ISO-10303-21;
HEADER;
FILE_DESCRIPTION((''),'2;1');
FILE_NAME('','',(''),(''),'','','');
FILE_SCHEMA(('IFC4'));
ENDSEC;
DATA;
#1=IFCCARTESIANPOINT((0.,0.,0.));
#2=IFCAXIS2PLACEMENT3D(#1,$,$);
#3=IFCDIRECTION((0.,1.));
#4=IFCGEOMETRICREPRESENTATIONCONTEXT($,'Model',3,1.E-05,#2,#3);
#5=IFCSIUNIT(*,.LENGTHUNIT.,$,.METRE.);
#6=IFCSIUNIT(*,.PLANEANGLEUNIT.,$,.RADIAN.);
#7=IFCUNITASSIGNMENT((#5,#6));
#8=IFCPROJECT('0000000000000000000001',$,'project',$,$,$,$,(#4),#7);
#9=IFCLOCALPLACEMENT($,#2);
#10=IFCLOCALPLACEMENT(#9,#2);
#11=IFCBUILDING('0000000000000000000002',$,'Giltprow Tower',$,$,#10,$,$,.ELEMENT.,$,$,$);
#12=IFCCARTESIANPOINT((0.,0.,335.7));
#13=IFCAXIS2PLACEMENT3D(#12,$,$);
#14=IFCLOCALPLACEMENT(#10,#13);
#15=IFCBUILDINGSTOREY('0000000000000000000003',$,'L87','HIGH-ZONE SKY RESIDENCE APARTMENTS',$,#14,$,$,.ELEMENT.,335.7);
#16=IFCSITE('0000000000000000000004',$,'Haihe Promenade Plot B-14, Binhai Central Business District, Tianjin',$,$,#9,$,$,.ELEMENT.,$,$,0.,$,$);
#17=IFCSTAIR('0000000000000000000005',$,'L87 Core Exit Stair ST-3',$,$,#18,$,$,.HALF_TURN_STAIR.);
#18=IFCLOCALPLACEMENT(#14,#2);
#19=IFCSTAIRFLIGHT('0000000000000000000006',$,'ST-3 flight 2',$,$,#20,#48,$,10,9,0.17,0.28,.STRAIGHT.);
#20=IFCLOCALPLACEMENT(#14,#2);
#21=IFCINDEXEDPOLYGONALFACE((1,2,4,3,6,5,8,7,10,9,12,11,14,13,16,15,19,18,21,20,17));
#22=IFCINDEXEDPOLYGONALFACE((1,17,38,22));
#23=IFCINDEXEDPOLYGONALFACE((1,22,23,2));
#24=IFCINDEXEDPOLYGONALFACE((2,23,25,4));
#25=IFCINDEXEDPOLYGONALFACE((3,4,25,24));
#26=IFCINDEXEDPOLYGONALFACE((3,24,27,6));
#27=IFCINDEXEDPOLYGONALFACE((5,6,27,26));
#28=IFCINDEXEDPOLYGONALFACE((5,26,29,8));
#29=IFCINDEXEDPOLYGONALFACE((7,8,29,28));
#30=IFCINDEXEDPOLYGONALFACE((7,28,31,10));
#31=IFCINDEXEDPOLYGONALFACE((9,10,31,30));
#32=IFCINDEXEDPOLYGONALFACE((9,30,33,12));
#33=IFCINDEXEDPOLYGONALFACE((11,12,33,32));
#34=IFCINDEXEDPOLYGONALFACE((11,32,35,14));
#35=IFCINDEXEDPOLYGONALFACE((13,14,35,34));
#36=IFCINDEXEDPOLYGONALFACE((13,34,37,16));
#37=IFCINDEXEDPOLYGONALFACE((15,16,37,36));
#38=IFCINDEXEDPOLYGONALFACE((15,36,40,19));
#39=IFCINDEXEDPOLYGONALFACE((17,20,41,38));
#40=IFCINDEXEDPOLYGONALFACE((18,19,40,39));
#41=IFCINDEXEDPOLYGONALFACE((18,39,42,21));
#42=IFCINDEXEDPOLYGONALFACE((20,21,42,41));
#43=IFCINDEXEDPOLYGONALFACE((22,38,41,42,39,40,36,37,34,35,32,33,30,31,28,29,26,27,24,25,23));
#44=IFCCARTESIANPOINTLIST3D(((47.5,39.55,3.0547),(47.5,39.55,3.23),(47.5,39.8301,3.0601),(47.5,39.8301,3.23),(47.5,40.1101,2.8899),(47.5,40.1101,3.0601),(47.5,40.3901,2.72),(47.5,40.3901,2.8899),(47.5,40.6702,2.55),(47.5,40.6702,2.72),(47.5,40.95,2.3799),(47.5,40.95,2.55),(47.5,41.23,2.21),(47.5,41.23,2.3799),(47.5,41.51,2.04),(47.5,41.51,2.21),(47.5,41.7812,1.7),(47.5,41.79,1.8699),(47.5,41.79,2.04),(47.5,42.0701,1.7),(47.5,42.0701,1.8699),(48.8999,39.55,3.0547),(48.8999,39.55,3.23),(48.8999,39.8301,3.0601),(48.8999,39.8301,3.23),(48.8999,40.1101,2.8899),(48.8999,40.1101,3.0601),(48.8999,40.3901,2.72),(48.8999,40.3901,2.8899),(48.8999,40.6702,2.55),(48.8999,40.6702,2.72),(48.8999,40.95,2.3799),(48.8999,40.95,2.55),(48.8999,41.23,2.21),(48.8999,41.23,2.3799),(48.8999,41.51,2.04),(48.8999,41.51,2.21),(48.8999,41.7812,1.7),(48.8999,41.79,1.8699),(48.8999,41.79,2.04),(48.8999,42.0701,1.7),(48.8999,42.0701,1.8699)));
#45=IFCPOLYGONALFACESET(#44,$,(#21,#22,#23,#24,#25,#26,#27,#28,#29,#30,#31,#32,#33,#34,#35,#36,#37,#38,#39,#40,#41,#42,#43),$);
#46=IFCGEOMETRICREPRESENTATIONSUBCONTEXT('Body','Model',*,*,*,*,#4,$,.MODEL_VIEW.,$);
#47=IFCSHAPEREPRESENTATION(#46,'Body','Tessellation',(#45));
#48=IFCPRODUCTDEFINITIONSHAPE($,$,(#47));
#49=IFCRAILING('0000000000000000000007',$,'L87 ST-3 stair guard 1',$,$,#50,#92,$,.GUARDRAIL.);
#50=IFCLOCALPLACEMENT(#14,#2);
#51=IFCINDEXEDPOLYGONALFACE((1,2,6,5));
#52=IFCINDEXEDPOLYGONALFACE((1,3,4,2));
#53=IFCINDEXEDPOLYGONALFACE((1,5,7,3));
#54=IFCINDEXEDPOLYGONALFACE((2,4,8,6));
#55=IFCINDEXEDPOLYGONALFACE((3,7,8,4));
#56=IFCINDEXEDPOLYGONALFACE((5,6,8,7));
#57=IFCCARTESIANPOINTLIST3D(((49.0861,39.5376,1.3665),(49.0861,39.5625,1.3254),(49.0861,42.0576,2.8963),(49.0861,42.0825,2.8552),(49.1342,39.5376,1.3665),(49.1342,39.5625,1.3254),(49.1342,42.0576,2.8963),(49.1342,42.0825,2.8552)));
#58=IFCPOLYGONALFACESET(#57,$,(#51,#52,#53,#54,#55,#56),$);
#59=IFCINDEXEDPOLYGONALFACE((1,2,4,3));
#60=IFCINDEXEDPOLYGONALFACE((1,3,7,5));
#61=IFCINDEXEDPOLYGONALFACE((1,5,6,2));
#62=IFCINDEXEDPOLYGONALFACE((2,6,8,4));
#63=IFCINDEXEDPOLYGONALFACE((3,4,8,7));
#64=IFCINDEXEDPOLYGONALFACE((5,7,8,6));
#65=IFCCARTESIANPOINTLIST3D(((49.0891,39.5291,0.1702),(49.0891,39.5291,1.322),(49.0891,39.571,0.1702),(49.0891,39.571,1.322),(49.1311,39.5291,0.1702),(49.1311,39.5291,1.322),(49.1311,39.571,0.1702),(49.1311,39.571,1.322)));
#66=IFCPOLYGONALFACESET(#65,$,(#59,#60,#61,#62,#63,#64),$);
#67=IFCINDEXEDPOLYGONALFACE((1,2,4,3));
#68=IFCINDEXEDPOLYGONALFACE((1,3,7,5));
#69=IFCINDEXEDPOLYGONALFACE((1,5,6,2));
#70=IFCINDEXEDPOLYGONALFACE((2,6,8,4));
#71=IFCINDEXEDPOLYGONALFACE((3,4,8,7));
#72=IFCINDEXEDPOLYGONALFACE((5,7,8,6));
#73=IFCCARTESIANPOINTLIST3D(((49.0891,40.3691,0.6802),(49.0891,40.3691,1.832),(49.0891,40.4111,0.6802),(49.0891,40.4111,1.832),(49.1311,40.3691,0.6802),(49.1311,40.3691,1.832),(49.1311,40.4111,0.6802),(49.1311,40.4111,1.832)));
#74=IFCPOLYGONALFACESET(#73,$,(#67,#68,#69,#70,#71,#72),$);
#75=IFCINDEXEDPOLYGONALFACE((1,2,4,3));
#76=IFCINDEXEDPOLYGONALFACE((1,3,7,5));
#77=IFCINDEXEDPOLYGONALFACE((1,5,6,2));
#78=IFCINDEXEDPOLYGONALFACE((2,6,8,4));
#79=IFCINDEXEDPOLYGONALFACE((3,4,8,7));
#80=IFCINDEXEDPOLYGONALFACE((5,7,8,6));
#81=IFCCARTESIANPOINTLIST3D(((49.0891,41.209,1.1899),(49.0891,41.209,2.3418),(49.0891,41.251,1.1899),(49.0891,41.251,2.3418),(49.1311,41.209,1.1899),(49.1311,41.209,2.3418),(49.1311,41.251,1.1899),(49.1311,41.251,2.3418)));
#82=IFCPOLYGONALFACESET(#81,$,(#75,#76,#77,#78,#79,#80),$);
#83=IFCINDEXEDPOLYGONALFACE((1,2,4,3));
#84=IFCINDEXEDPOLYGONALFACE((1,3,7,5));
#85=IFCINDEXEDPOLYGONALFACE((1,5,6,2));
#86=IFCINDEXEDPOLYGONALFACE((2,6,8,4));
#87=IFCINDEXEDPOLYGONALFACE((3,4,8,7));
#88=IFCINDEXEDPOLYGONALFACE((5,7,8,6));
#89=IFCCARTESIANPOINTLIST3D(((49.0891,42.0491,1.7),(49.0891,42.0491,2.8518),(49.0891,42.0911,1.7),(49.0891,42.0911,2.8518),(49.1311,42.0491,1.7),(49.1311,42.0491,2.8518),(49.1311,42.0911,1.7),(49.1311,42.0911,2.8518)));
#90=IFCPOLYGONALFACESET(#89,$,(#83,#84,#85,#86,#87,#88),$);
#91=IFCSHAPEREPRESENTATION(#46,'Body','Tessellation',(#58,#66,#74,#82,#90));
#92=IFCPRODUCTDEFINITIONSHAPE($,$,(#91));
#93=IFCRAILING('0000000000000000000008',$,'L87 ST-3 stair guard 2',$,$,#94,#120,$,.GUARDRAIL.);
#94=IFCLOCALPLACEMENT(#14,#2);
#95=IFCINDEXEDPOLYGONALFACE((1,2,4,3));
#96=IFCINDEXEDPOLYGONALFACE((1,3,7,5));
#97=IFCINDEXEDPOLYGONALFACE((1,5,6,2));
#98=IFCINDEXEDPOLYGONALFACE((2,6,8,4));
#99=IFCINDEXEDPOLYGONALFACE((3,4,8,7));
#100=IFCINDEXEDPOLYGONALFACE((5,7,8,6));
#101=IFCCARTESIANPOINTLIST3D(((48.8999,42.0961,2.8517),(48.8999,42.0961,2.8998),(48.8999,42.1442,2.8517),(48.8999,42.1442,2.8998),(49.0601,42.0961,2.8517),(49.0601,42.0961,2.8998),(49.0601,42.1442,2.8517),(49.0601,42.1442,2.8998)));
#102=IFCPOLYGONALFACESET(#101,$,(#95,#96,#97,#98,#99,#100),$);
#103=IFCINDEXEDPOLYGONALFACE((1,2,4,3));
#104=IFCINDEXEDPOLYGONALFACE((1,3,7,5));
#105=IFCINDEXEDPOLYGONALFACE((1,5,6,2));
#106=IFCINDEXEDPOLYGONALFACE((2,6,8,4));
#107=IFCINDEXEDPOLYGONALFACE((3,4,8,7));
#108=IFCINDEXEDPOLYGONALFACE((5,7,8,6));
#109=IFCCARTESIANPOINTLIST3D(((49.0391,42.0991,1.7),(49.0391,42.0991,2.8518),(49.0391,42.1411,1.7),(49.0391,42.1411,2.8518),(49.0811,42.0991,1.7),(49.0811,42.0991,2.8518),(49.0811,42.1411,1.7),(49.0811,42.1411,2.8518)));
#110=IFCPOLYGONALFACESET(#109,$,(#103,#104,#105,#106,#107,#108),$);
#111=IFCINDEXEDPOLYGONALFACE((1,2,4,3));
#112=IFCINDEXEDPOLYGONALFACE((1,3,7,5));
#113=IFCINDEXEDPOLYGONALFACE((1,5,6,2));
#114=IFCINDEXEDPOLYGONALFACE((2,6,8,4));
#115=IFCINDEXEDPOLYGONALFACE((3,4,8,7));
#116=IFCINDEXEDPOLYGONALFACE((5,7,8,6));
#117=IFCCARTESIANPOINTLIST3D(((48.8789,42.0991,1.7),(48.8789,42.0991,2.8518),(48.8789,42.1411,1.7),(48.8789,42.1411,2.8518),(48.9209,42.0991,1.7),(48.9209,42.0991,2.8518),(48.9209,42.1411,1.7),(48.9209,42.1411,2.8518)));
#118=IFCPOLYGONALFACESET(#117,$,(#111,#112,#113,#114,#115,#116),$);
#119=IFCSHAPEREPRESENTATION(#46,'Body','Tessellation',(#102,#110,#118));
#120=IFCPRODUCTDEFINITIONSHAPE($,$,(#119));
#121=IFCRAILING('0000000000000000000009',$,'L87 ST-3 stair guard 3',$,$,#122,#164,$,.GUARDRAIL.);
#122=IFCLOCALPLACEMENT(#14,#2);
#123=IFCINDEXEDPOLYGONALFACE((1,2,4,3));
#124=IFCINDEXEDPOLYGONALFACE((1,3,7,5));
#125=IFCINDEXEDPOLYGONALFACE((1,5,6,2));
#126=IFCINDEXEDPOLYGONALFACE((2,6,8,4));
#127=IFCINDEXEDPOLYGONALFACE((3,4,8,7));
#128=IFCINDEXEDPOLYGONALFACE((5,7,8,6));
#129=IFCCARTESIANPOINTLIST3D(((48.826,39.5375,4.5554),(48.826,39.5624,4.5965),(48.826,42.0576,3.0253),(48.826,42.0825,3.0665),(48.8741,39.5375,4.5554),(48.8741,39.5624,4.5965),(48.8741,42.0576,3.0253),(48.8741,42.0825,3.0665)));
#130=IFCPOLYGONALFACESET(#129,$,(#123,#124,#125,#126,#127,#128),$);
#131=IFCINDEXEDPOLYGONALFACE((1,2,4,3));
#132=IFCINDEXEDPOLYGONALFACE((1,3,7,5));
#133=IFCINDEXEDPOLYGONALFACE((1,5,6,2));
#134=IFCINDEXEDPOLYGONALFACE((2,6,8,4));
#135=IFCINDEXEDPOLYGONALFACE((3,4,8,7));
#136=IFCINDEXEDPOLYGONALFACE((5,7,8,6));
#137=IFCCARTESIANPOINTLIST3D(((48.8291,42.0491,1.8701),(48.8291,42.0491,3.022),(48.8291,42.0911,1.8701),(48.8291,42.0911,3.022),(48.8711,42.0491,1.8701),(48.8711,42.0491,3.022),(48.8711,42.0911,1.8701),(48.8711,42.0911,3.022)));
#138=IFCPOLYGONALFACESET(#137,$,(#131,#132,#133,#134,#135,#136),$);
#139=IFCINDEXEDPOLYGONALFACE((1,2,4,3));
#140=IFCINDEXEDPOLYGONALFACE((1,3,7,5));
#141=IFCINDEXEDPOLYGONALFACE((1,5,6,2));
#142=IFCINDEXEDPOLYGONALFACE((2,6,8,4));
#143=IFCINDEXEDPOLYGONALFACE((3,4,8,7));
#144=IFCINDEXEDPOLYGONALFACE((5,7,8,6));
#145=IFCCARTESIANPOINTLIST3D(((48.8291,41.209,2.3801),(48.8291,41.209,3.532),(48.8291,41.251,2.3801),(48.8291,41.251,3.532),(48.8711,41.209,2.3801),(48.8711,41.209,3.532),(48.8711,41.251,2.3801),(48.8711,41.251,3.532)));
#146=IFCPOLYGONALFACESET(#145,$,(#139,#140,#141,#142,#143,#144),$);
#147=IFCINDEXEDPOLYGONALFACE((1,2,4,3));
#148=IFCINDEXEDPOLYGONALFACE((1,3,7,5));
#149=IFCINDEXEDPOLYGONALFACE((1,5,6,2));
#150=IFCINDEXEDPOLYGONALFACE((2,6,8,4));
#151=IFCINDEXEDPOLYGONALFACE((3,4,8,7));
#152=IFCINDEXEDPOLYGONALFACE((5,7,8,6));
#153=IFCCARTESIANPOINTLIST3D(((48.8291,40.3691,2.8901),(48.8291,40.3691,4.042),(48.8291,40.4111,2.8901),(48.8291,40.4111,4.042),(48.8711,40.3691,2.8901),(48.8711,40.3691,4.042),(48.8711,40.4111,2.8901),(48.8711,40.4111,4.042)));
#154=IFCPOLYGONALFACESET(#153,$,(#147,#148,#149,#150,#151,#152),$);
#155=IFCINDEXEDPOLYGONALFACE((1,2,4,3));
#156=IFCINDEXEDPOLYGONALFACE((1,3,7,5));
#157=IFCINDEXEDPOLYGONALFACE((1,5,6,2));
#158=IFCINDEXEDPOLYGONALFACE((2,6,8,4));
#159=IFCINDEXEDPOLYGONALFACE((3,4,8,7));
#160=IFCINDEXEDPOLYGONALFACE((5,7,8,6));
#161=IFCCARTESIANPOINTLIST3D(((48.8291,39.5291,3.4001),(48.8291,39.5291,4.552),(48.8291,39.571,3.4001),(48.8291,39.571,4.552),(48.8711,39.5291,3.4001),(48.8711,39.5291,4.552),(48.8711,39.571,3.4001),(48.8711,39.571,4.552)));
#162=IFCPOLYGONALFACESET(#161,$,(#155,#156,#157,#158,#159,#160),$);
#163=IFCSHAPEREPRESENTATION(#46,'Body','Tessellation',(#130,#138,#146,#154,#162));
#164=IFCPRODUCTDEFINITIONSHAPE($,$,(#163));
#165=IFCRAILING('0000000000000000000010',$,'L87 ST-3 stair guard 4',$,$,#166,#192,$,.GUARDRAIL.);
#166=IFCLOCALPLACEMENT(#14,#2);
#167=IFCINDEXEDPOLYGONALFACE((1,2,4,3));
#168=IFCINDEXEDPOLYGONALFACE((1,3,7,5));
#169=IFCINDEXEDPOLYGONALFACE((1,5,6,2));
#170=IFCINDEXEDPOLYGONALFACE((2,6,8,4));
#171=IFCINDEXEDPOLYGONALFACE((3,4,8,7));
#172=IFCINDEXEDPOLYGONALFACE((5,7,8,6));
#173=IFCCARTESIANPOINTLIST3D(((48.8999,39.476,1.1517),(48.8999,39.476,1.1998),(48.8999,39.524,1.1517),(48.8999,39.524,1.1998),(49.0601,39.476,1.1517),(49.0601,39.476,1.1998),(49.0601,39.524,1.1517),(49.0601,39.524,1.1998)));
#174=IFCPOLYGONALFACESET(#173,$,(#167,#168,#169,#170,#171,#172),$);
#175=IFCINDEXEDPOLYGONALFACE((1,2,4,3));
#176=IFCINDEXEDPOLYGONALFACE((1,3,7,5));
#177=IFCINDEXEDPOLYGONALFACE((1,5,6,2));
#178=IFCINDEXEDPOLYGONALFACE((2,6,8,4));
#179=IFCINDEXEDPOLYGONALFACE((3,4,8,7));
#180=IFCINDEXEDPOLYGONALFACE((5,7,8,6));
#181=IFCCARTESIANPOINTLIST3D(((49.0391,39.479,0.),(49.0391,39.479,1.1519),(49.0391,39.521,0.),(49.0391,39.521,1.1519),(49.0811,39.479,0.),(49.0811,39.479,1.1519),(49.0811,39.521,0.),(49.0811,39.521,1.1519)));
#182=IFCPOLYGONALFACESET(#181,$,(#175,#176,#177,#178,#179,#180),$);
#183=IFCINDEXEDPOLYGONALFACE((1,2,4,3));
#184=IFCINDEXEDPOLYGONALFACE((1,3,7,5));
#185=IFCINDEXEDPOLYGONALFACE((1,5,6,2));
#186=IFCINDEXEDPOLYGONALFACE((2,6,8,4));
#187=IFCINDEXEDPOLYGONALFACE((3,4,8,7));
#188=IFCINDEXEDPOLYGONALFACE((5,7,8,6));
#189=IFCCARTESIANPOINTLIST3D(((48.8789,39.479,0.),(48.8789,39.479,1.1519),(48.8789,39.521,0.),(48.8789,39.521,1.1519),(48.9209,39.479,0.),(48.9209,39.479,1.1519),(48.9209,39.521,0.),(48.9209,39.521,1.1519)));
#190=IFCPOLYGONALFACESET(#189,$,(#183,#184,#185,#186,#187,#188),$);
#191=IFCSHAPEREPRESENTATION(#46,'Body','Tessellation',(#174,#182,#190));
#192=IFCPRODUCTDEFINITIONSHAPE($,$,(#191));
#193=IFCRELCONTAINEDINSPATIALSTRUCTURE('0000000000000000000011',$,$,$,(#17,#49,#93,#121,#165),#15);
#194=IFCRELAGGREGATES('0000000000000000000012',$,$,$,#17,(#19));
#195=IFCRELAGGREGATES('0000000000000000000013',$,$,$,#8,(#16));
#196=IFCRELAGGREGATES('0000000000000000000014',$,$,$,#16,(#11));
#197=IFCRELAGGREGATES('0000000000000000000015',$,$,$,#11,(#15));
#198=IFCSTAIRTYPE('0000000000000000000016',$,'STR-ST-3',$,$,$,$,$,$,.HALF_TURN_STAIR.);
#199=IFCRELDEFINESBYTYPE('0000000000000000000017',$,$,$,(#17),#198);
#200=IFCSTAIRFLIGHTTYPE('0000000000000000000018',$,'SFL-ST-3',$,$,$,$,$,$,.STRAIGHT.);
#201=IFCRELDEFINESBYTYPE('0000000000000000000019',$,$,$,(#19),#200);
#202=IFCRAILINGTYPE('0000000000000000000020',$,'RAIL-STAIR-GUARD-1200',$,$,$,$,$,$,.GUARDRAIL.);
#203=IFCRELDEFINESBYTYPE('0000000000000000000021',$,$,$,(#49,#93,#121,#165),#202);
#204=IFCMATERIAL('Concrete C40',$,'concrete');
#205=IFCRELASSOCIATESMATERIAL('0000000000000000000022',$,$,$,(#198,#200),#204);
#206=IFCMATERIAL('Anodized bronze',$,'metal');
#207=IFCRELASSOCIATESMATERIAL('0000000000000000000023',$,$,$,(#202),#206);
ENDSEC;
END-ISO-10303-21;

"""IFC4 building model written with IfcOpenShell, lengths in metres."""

from ifc_helpers import new_model, si_unit, direction, frame, origin, origin_2d, place, context, subcontext, project, spatial, polyline, rectangle, outline, extrude, material, type_object, element, aggregate, save


model = new_model("IFC4")

# Units and contexts
model_context = context("Model", 3, precision=1e-05, world=origin(), true_north=direction((0.0, 1.0)))
body_context = subcontext(model_context, "Body", "Model", "MODEL_VIEW")
ifc_project = project(units=[si_unit("LENGTHUNIT", "METRE"), si_unit("PLANEANGLEUNIT", "RADIAN")], contexts=[model_context])

# Site, building, storey
site_placement = place(None, origin())
site = spatial("IfcSite", under=ifc_project, at=site_placement, Name="Haihe Promenade Plot B-14, Binhai Central Business District, Tianjin", CompositionType="ELEMENT", RefElevation=0.0)
building_placement = place(site_placement, origin())
building = spatial("IfcBuilding", under=site, at=building_placement, Name="Giltprow Tower", CompositionType="ELEMENT")
storey_placement = place(building_placement, frame((0.0, 0.0, 335.7)))
storey = spatial("IfcBuildingStorey", under=building, at=storey_placement, Name="L87", Description="HIGH-ZONE SKY RESIDENCE APARTMENTS", CompositionType="ELEMENT", Elevation=335.7)

# Shared definitions
ifc_material_1 = material(Name="Concrete C40", Category="concrete")

# Stair, stair flight
stair_type = type_object("IfcStairType", Name="STR-ST-3", PredefinedType="HALF_TURN_STAIR", material=ifc_material_1)
stair_placement = place(storey_placement, origin())
stair = element("IfcStair", 1, at=stair_placement, inside=storey, type_object=stair_type, Name="L87 Core Exit Stair ST-3", PredefinedType="HALF_TURN_STAIR")
stair_flight_type = type_object("IfcStairFlightType", Name="SFL-ST-3", PredefinedType="STRAIGHT", material=ifc_material_1)
stair_flight_placement = place(storey_placement, frame((48.2, 42.0701, 1.7), z_axis=(0.0, 0.0, 1.0), x_axis=(0.0, -1.0, 0.0)))
stair_flight = element("IfcStairFlight", 2, at=stair_flight_placement, type_object=stair_flight_type, Name="ST-3 flight 2", NumberOfRisers=10, NumberOfTreads=9, PredefinedType="STRAIGHT", RiserHeight=0.17, TreadLength=0.28, context=body_context, shape_type="SweptSolid", body=[
    extrude(outline(polyline([(0.0, 0.0), (0.0, 0.1699), (0.28, 0.1699), (0.28, 0.3401), (0.5601, 0.3401), (0.5601, 0.51), (0.8401, 0.51), (0.8401, 0.6799), (1.1201, 0.6799), (1.1201, 0.8501), (1.3999, 0.8501), (1.3999, 1.02), (1.6799, 1.02), (1.6799, 1.1899), (1.96, 1.1899), (1.96, 1.3601), (2.24, 1.3601), (2.24, 1.53), (2.52, 1.53), (2.52, 1.7), (2.52, 1.3547), (0.2888, 0.0), (0.0, 0.0)])), frame((0.0, 0.7, 0.0), z_axis=(0.0, -1.0, 0.0), x_axis=(1.0, 0.0, 0.0)), (0.0, 0.0, 1.0), 1.3999),
])
aggregate(stair, [stair_flight])

# Railings
ifc_material_2 = material(Name="Anodized bronze", Category="metal")
railing_type_1 = type_object("IfcRailingType", Name="RAIL-STAIR-GUARD-1200", PredefinedType="GUARDRAIL", material=ifc_material_2)
railing_1_placement = place(storey_placement, frame((49.1101, 39.55, 0.1702)))
element("IfcRailing", 3, at=railing_1_placement, inside=storey, type_object=railing_type_1, Name="L87 ST-3 stair guard 1", PredefinedType="GUARDRAIL", context=body_context, shape_type="SweptSolid", body=[
    extrude(rectangle(XDim=0.0481, YDim=0.0481, at=origin_2d()), frame((0.0, 0.0, 1.1758), z_axis=(0.0, 0.854822, 0.518922), x_axis=(-1.0, 0.0, 0.0)), (0.0, 0.0, 1.0), 2.948),
    extrude(rectangle(XDim=0.042, YDim=0.042, at=origin_2d()), origin(), (0.0, 0.0, 1.0), 1.1519),
    extrude(rectangle(XDim=0.042, YDim=0.042, at=origin_2d()), frame((0.0, 0.8401, 0.51)), (0.0, 0.0, 1.0), 1.1519),
    extrude(rectangle(XDim=0.042, YDim=0.042, at=origin_2d()), frame((0.0, 1.6799, 1.0198)), (0.0, 0.0, 1.0), 1.1519),
    extrude(rectangle(XDim=0.042, YDim=0.042, at=origin_2d()), frame((0.0, 2.52, 1.5298)), (0.0, 0.0, 1.0), 1.1519),
])
railing_2_placement = place(storey_placement, frame((49.0601, 42.1201, 1.7)))
element("IfcRailing", 4, at=railing_2_placement, inside=storey, type_object=railing_type_1, Name="L87 ST-3 stair guard 2", PredefinedType="GUARDRAIL", context=body_context, shape_type="SweptSolid", body=[
    extrude(rectangle(XDim=0.0481, YDim=0.0481, at=origin_2d()), frame((0.0, 0.0, 1.1758), z_axis=(-1.0, 0.0, 0.0), x_axis=(0.0, -1.0, 0.0)), (0.0, 0.0, 1.0), 0.1602),
    extrude(rectangle(XDim=0.042, YDim=0.042, at=origin_2d()), origin(), (0.0, 0.0, 1.0), 1.1519),
    extrude(rectangle(XDim=0.042, YDim=0.042, at=origin_2d()), frame((-0.1602, 0.0, 0.0)), (0.0, 0.0, 1.0), 1.1519),
])
railing_3_placement = place(storey_placement, frame((48.8501, 42.0701, 1.8701)))
element("IfcRailing", 5, at=railing_3_placement, inside=storey, type_object=railing_type_1, Name="L87 ST-3 stair guard 3", PredefinedType="GUARDRAIL", context=body_context, shape_type="SweptSolid", body=[
    extrude(rectangle(XDim=0.0481, YDim=0.0481, at=origin_2d()), frame((0.0, 0.0, 1.1758), z_axis=(0.0, -0.854785, 0.518982), x_axis=(1.0, 0.0, 0.0)), (0.0, 0.0, 1.0), 2.9482),
    extrude(rectangle(XDim=0.042, YDim=0.042, at=origin_2d()), origin(), (0.0, 0.0, 1.0), 1.1519),
    extrude(rectangle(XDim=0.042, YDim=0.042, at=origin_2d()), frame((0.0, -0.8401, 0.51)), (0.0, 0.0, 1.0), 1.1519),
    extrude(rectangle(XDim=0.042, YDim=0.042, at=origin_2d()), frame((0.0, -1.6799, 1.02)), (0.0, 0.0, 1.0), 1.1519),
    extrude(rectangle(XDim=0.042, YDim=0.042, at=origin_2d()), frame((0.0, -2.52, 1.53)), (0.0, 0.0, 1.0), 1.1519),
])
railing_4_placement = place(storey_placement, frame((49.0601, 39.5, 0.0)))
element("IfcRailing", 6, at=railing_4_placement, inside=storey, type_object=railing_type_1, Name="L87 ST-3 stair guard 4", PredefinedType="GUARDRAIL", context=body_context, shape_type="SweptSolid", body=[
    extrude(rectangle(XDim=0.0481, YDim=0.0481, at=origin_2d()), frame((0.0, 0.0, 1.1758), z_axis=(-1.0, 0.0, 0.0), x_axis=(0.0, -1.0, 0.0)), (0.0, 0.0, 1.0), 0.1602),
    extrude(rectangle(XDim=0.042, YDim=0.042, at=origin_2d()), origin(), (0.0, 0.0, 1.0), 1.1519),
    extrude(rectangle(XDim=0.042, YDim=0.042, at=origin_2d()), frame((-0.1602, 0.0, 0.0)), (0.0, 0.0, 1.0), 1.1519),
])

save(model, "model.ifc")
